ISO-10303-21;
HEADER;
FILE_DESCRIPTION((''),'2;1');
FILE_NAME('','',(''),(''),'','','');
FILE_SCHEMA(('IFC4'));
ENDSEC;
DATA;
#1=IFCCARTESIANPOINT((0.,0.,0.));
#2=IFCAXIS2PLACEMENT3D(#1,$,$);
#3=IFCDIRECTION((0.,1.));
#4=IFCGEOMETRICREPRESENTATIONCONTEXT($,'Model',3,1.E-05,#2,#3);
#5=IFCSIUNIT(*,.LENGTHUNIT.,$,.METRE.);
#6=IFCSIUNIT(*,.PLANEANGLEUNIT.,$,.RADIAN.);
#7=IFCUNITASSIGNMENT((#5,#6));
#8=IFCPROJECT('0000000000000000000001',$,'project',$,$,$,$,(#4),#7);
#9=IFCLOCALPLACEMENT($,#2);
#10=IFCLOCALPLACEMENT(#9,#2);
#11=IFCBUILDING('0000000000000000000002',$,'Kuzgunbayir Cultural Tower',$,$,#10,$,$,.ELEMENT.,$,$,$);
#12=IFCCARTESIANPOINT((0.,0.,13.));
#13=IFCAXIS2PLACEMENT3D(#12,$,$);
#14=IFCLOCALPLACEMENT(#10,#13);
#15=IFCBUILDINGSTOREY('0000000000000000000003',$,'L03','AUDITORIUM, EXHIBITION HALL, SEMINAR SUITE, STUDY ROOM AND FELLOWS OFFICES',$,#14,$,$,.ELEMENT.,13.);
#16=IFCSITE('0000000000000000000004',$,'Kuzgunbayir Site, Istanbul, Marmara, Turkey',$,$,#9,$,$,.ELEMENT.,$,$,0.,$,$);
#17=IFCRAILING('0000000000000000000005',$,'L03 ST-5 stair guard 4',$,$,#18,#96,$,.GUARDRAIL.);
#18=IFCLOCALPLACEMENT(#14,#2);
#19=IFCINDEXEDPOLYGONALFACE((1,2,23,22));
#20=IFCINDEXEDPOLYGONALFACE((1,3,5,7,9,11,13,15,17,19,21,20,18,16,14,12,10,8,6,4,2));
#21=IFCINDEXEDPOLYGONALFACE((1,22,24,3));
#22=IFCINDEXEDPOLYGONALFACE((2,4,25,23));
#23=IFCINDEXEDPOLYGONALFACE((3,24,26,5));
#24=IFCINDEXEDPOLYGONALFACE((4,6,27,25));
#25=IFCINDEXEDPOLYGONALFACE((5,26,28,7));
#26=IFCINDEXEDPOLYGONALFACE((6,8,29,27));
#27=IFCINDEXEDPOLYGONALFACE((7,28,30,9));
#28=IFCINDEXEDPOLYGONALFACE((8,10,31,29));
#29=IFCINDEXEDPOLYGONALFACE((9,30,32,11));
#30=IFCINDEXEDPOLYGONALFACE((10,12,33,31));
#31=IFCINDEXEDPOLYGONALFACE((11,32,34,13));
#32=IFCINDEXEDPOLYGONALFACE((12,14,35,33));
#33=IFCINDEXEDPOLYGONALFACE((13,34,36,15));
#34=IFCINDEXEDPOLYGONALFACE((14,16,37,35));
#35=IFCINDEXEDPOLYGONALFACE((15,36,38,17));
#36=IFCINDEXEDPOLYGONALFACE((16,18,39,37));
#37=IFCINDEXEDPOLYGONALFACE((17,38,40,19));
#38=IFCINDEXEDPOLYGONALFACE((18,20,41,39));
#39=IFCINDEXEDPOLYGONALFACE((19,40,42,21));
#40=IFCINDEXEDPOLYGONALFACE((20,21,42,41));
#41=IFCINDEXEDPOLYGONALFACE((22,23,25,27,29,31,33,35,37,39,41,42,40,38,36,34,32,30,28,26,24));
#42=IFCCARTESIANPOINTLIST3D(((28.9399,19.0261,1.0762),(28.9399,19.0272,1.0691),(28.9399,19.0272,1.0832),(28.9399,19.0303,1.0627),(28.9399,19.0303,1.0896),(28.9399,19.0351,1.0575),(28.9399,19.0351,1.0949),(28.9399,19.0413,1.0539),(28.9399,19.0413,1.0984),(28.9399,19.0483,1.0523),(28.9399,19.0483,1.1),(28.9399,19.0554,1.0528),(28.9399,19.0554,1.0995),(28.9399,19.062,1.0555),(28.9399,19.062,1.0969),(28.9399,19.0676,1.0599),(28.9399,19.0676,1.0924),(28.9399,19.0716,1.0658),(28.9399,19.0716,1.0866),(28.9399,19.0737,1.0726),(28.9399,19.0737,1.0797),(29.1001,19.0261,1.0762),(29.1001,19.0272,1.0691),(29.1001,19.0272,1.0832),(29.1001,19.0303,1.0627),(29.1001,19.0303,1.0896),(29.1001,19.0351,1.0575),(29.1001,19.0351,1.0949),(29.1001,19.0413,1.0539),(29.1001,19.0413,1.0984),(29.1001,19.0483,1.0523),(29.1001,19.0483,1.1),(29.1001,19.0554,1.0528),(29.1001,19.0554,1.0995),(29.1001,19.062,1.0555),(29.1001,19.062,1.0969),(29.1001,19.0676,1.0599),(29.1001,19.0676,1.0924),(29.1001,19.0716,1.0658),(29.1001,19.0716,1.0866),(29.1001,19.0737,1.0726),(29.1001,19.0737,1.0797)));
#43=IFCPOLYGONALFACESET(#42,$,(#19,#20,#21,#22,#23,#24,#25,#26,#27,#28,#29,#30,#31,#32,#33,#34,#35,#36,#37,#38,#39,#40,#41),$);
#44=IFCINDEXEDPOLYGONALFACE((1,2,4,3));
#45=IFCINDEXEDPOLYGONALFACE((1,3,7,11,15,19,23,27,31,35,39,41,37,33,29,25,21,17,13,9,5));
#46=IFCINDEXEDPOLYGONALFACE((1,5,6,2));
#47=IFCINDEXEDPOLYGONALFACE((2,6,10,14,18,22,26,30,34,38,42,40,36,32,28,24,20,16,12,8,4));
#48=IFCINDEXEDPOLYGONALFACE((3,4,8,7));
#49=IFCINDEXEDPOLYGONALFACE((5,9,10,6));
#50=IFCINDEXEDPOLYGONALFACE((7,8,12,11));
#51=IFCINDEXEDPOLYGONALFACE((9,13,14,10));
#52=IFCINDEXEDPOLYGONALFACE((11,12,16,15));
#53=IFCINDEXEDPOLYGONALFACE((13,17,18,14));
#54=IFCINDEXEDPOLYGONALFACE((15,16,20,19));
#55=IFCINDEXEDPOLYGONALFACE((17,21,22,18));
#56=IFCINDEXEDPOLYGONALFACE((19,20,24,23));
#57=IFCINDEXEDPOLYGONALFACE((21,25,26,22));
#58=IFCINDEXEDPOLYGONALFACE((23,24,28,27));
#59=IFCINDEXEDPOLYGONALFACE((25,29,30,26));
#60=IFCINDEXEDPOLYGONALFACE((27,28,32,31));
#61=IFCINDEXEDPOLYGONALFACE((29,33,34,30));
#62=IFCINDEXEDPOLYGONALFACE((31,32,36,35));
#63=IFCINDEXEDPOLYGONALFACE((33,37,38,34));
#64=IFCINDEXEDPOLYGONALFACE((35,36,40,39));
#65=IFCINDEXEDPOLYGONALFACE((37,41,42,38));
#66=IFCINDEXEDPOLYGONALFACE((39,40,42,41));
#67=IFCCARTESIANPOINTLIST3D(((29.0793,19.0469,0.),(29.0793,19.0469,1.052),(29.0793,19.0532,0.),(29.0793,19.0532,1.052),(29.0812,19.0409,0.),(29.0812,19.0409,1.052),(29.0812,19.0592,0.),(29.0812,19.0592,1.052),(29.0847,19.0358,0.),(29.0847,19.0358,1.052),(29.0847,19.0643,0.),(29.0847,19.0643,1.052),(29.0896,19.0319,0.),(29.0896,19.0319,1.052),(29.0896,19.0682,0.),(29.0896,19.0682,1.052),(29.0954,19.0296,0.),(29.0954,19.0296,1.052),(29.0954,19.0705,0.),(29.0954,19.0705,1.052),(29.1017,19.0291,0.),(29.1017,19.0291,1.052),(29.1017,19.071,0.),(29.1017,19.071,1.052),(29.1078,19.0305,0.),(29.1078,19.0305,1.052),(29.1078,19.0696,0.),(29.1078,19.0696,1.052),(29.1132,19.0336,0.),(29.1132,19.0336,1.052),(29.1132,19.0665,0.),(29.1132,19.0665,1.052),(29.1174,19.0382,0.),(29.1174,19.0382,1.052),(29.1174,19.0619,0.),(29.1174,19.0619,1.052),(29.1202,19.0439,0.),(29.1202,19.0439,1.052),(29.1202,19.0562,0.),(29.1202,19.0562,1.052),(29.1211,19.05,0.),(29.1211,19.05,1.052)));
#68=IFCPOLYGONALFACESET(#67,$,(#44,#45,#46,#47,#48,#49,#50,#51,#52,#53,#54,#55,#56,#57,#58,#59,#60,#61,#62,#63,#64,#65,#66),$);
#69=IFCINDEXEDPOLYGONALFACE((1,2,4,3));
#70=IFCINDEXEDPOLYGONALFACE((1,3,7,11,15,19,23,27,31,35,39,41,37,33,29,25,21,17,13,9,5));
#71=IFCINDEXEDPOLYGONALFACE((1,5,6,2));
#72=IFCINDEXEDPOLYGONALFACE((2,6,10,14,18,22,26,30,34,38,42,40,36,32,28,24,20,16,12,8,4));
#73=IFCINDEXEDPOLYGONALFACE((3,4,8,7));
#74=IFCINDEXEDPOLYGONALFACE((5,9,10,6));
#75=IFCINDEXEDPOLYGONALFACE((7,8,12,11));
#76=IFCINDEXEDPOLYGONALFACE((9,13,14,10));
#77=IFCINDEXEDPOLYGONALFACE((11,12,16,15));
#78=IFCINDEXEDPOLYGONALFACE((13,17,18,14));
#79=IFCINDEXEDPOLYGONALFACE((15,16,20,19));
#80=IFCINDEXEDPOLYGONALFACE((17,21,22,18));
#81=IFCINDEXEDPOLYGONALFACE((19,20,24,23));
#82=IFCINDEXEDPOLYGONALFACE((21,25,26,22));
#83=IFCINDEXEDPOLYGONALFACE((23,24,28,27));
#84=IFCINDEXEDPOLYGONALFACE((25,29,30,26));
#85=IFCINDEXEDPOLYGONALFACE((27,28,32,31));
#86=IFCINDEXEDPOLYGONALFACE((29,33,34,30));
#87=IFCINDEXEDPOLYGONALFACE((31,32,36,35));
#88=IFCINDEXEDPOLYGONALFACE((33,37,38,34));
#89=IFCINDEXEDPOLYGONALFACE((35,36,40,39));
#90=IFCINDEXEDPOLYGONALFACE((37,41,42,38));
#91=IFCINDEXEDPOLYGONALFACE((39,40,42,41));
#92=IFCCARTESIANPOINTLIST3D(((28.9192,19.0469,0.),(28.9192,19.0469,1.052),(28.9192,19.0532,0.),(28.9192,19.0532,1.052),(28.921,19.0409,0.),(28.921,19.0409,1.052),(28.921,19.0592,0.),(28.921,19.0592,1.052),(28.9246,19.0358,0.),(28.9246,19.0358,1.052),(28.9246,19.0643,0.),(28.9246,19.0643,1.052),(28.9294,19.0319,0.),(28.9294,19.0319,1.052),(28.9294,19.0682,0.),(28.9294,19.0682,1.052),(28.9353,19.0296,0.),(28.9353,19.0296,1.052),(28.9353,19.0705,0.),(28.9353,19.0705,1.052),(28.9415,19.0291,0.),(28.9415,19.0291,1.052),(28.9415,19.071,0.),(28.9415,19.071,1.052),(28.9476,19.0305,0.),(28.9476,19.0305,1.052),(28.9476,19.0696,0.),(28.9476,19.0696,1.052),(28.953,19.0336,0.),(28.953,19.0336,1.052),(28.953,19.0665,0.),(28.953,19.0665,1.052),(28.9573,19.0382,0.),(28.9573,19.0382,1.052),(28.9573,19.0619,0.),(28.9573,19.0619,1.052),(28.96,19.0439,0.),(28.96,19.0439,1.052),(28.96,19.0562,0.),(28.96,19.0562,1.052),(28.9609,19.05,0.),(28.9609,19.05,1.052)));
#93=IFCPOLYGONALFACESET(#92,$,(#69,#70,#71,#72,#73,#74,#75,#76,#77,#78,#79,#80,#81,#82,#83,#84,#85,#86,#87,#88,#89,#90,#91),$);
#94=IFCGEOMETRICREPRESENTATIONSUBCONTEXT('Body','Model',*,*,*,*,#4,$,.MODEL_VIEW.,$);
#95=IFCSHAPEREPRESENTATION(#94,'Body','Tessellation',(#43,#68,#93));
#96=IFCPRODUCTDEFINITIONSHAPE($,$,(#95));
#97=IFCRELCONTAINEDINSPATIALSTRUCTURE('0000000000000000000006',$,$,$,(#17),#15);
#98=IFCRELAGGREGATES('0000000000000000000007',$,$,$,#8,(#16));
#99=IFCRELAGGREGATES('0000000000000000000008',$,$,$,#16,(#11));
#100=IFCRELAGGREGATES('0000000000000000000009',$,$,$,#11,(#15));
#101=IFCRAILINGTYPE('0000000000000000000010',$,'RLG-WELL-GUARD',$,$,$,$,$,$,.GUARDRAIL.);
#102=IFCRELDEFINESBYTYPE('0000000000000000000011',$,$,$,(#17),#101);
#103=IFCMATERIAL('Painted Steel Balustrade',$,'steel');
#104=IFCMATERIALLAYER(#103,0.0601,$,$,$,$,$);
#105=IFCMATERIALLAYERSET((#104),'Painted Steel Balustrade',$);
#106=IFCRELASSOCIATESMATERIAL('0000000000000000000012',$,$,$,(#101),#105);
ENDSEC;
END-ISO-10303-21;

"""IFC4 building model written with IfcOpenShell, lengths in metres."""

from ifc_helpers import new_model, si_unit, direction, frame, origin, origin_2d, place, context, subcontext, project, spatial, circle, extrude, material, layer, layer_set, type_object, element, save


model = new_model("IFC4")

# Units and contexts
model_context = context("Model", 3, precision=1e-05, world=origin(), true_north=direction((0.0, 1.0)))
body_context = subcontext(model_context, "Body", "Model", "MODEL_VIEW")
ifc_project = project(units=[si_unit("LENGTHUNIT", "METRE"), si_unit("PLANEANGLEUNIT", "RADIAN")], contexts=[model_context])

# Site, building, storey
site_placement = place(None, origin())
site = spatial("IfcSite", under=ifc_project, at=site_placement, Name="Kuzgunbayir Site, Istanbul, Marmara, Turkey", CompositionType="ELEMENT", RefElevation=0.0)
building_placement = place(site_placement, origin())
building = spatial("IfcBuilding", under=site, at=building_placement, Name="Kuzgunbayir Cultural Tower", CompositionType="ELEMENT")
storey_placement = place(building_placement, frame((0.0, 0.0, 13.0)))
storey = spatial("IfcBuildingStorey", under=building, at=storey_placement, Name="L03", Description="AUDITORIUM, EXHIBITION HALL, SEMINAR SUITE, STUDY ROOM AND FELLOWS OFFICES", CompositionType="ELEMENT", Elevation=13.0)

# Railing
ifc_material_1 = material(Name="Painted Steel Balustrade", Category="steel")
ifc_layer_1 = layer(ifc_material_1, 0.0601)
ifc_layer_set_1 = layer_set([ifc_layer_1], Name="Painted Steel Balustrade")
railing_type_1 = type_object("IfcRailingType", Name="RLG-WELL-GUARD", PredefinedType="GUARDRAIL", material=ifc_layer_set_1)
railing_1_placement = place(storey_placement, frame((29.1001, 19.05, 0.0)))
element("IfcRailing", 1, at=railing_1_placement, inside=storey, type_object=railing_type_1, Name="L03 ST-5 stair guard 4", PredefinedType="GUARDRAIL", context=body_context, shape_type="SweptSolid", body=[
    extrude(circle(Radius=0.0239, at=origin_2d()), frame((0.0, 0.0, 1.0762), z_axis=(-1.0, 0.0, 0.0), x_axis=(0.0, -1.0, 0.0)), (0.0, 0.0, 1.0), 0.1602),
    extrude(circle(Radius=0.021, at=origin_2d()), origin(), (0.0, 0.0, 1.0), 1.052),
    extrude(circle(Radius=0.021, at=origin_2d()), frame((-0.1602, 0.0, 0.0)), (0.0, 0.0, 1.0), 1.052),
])

save(model, "model.ifc")
